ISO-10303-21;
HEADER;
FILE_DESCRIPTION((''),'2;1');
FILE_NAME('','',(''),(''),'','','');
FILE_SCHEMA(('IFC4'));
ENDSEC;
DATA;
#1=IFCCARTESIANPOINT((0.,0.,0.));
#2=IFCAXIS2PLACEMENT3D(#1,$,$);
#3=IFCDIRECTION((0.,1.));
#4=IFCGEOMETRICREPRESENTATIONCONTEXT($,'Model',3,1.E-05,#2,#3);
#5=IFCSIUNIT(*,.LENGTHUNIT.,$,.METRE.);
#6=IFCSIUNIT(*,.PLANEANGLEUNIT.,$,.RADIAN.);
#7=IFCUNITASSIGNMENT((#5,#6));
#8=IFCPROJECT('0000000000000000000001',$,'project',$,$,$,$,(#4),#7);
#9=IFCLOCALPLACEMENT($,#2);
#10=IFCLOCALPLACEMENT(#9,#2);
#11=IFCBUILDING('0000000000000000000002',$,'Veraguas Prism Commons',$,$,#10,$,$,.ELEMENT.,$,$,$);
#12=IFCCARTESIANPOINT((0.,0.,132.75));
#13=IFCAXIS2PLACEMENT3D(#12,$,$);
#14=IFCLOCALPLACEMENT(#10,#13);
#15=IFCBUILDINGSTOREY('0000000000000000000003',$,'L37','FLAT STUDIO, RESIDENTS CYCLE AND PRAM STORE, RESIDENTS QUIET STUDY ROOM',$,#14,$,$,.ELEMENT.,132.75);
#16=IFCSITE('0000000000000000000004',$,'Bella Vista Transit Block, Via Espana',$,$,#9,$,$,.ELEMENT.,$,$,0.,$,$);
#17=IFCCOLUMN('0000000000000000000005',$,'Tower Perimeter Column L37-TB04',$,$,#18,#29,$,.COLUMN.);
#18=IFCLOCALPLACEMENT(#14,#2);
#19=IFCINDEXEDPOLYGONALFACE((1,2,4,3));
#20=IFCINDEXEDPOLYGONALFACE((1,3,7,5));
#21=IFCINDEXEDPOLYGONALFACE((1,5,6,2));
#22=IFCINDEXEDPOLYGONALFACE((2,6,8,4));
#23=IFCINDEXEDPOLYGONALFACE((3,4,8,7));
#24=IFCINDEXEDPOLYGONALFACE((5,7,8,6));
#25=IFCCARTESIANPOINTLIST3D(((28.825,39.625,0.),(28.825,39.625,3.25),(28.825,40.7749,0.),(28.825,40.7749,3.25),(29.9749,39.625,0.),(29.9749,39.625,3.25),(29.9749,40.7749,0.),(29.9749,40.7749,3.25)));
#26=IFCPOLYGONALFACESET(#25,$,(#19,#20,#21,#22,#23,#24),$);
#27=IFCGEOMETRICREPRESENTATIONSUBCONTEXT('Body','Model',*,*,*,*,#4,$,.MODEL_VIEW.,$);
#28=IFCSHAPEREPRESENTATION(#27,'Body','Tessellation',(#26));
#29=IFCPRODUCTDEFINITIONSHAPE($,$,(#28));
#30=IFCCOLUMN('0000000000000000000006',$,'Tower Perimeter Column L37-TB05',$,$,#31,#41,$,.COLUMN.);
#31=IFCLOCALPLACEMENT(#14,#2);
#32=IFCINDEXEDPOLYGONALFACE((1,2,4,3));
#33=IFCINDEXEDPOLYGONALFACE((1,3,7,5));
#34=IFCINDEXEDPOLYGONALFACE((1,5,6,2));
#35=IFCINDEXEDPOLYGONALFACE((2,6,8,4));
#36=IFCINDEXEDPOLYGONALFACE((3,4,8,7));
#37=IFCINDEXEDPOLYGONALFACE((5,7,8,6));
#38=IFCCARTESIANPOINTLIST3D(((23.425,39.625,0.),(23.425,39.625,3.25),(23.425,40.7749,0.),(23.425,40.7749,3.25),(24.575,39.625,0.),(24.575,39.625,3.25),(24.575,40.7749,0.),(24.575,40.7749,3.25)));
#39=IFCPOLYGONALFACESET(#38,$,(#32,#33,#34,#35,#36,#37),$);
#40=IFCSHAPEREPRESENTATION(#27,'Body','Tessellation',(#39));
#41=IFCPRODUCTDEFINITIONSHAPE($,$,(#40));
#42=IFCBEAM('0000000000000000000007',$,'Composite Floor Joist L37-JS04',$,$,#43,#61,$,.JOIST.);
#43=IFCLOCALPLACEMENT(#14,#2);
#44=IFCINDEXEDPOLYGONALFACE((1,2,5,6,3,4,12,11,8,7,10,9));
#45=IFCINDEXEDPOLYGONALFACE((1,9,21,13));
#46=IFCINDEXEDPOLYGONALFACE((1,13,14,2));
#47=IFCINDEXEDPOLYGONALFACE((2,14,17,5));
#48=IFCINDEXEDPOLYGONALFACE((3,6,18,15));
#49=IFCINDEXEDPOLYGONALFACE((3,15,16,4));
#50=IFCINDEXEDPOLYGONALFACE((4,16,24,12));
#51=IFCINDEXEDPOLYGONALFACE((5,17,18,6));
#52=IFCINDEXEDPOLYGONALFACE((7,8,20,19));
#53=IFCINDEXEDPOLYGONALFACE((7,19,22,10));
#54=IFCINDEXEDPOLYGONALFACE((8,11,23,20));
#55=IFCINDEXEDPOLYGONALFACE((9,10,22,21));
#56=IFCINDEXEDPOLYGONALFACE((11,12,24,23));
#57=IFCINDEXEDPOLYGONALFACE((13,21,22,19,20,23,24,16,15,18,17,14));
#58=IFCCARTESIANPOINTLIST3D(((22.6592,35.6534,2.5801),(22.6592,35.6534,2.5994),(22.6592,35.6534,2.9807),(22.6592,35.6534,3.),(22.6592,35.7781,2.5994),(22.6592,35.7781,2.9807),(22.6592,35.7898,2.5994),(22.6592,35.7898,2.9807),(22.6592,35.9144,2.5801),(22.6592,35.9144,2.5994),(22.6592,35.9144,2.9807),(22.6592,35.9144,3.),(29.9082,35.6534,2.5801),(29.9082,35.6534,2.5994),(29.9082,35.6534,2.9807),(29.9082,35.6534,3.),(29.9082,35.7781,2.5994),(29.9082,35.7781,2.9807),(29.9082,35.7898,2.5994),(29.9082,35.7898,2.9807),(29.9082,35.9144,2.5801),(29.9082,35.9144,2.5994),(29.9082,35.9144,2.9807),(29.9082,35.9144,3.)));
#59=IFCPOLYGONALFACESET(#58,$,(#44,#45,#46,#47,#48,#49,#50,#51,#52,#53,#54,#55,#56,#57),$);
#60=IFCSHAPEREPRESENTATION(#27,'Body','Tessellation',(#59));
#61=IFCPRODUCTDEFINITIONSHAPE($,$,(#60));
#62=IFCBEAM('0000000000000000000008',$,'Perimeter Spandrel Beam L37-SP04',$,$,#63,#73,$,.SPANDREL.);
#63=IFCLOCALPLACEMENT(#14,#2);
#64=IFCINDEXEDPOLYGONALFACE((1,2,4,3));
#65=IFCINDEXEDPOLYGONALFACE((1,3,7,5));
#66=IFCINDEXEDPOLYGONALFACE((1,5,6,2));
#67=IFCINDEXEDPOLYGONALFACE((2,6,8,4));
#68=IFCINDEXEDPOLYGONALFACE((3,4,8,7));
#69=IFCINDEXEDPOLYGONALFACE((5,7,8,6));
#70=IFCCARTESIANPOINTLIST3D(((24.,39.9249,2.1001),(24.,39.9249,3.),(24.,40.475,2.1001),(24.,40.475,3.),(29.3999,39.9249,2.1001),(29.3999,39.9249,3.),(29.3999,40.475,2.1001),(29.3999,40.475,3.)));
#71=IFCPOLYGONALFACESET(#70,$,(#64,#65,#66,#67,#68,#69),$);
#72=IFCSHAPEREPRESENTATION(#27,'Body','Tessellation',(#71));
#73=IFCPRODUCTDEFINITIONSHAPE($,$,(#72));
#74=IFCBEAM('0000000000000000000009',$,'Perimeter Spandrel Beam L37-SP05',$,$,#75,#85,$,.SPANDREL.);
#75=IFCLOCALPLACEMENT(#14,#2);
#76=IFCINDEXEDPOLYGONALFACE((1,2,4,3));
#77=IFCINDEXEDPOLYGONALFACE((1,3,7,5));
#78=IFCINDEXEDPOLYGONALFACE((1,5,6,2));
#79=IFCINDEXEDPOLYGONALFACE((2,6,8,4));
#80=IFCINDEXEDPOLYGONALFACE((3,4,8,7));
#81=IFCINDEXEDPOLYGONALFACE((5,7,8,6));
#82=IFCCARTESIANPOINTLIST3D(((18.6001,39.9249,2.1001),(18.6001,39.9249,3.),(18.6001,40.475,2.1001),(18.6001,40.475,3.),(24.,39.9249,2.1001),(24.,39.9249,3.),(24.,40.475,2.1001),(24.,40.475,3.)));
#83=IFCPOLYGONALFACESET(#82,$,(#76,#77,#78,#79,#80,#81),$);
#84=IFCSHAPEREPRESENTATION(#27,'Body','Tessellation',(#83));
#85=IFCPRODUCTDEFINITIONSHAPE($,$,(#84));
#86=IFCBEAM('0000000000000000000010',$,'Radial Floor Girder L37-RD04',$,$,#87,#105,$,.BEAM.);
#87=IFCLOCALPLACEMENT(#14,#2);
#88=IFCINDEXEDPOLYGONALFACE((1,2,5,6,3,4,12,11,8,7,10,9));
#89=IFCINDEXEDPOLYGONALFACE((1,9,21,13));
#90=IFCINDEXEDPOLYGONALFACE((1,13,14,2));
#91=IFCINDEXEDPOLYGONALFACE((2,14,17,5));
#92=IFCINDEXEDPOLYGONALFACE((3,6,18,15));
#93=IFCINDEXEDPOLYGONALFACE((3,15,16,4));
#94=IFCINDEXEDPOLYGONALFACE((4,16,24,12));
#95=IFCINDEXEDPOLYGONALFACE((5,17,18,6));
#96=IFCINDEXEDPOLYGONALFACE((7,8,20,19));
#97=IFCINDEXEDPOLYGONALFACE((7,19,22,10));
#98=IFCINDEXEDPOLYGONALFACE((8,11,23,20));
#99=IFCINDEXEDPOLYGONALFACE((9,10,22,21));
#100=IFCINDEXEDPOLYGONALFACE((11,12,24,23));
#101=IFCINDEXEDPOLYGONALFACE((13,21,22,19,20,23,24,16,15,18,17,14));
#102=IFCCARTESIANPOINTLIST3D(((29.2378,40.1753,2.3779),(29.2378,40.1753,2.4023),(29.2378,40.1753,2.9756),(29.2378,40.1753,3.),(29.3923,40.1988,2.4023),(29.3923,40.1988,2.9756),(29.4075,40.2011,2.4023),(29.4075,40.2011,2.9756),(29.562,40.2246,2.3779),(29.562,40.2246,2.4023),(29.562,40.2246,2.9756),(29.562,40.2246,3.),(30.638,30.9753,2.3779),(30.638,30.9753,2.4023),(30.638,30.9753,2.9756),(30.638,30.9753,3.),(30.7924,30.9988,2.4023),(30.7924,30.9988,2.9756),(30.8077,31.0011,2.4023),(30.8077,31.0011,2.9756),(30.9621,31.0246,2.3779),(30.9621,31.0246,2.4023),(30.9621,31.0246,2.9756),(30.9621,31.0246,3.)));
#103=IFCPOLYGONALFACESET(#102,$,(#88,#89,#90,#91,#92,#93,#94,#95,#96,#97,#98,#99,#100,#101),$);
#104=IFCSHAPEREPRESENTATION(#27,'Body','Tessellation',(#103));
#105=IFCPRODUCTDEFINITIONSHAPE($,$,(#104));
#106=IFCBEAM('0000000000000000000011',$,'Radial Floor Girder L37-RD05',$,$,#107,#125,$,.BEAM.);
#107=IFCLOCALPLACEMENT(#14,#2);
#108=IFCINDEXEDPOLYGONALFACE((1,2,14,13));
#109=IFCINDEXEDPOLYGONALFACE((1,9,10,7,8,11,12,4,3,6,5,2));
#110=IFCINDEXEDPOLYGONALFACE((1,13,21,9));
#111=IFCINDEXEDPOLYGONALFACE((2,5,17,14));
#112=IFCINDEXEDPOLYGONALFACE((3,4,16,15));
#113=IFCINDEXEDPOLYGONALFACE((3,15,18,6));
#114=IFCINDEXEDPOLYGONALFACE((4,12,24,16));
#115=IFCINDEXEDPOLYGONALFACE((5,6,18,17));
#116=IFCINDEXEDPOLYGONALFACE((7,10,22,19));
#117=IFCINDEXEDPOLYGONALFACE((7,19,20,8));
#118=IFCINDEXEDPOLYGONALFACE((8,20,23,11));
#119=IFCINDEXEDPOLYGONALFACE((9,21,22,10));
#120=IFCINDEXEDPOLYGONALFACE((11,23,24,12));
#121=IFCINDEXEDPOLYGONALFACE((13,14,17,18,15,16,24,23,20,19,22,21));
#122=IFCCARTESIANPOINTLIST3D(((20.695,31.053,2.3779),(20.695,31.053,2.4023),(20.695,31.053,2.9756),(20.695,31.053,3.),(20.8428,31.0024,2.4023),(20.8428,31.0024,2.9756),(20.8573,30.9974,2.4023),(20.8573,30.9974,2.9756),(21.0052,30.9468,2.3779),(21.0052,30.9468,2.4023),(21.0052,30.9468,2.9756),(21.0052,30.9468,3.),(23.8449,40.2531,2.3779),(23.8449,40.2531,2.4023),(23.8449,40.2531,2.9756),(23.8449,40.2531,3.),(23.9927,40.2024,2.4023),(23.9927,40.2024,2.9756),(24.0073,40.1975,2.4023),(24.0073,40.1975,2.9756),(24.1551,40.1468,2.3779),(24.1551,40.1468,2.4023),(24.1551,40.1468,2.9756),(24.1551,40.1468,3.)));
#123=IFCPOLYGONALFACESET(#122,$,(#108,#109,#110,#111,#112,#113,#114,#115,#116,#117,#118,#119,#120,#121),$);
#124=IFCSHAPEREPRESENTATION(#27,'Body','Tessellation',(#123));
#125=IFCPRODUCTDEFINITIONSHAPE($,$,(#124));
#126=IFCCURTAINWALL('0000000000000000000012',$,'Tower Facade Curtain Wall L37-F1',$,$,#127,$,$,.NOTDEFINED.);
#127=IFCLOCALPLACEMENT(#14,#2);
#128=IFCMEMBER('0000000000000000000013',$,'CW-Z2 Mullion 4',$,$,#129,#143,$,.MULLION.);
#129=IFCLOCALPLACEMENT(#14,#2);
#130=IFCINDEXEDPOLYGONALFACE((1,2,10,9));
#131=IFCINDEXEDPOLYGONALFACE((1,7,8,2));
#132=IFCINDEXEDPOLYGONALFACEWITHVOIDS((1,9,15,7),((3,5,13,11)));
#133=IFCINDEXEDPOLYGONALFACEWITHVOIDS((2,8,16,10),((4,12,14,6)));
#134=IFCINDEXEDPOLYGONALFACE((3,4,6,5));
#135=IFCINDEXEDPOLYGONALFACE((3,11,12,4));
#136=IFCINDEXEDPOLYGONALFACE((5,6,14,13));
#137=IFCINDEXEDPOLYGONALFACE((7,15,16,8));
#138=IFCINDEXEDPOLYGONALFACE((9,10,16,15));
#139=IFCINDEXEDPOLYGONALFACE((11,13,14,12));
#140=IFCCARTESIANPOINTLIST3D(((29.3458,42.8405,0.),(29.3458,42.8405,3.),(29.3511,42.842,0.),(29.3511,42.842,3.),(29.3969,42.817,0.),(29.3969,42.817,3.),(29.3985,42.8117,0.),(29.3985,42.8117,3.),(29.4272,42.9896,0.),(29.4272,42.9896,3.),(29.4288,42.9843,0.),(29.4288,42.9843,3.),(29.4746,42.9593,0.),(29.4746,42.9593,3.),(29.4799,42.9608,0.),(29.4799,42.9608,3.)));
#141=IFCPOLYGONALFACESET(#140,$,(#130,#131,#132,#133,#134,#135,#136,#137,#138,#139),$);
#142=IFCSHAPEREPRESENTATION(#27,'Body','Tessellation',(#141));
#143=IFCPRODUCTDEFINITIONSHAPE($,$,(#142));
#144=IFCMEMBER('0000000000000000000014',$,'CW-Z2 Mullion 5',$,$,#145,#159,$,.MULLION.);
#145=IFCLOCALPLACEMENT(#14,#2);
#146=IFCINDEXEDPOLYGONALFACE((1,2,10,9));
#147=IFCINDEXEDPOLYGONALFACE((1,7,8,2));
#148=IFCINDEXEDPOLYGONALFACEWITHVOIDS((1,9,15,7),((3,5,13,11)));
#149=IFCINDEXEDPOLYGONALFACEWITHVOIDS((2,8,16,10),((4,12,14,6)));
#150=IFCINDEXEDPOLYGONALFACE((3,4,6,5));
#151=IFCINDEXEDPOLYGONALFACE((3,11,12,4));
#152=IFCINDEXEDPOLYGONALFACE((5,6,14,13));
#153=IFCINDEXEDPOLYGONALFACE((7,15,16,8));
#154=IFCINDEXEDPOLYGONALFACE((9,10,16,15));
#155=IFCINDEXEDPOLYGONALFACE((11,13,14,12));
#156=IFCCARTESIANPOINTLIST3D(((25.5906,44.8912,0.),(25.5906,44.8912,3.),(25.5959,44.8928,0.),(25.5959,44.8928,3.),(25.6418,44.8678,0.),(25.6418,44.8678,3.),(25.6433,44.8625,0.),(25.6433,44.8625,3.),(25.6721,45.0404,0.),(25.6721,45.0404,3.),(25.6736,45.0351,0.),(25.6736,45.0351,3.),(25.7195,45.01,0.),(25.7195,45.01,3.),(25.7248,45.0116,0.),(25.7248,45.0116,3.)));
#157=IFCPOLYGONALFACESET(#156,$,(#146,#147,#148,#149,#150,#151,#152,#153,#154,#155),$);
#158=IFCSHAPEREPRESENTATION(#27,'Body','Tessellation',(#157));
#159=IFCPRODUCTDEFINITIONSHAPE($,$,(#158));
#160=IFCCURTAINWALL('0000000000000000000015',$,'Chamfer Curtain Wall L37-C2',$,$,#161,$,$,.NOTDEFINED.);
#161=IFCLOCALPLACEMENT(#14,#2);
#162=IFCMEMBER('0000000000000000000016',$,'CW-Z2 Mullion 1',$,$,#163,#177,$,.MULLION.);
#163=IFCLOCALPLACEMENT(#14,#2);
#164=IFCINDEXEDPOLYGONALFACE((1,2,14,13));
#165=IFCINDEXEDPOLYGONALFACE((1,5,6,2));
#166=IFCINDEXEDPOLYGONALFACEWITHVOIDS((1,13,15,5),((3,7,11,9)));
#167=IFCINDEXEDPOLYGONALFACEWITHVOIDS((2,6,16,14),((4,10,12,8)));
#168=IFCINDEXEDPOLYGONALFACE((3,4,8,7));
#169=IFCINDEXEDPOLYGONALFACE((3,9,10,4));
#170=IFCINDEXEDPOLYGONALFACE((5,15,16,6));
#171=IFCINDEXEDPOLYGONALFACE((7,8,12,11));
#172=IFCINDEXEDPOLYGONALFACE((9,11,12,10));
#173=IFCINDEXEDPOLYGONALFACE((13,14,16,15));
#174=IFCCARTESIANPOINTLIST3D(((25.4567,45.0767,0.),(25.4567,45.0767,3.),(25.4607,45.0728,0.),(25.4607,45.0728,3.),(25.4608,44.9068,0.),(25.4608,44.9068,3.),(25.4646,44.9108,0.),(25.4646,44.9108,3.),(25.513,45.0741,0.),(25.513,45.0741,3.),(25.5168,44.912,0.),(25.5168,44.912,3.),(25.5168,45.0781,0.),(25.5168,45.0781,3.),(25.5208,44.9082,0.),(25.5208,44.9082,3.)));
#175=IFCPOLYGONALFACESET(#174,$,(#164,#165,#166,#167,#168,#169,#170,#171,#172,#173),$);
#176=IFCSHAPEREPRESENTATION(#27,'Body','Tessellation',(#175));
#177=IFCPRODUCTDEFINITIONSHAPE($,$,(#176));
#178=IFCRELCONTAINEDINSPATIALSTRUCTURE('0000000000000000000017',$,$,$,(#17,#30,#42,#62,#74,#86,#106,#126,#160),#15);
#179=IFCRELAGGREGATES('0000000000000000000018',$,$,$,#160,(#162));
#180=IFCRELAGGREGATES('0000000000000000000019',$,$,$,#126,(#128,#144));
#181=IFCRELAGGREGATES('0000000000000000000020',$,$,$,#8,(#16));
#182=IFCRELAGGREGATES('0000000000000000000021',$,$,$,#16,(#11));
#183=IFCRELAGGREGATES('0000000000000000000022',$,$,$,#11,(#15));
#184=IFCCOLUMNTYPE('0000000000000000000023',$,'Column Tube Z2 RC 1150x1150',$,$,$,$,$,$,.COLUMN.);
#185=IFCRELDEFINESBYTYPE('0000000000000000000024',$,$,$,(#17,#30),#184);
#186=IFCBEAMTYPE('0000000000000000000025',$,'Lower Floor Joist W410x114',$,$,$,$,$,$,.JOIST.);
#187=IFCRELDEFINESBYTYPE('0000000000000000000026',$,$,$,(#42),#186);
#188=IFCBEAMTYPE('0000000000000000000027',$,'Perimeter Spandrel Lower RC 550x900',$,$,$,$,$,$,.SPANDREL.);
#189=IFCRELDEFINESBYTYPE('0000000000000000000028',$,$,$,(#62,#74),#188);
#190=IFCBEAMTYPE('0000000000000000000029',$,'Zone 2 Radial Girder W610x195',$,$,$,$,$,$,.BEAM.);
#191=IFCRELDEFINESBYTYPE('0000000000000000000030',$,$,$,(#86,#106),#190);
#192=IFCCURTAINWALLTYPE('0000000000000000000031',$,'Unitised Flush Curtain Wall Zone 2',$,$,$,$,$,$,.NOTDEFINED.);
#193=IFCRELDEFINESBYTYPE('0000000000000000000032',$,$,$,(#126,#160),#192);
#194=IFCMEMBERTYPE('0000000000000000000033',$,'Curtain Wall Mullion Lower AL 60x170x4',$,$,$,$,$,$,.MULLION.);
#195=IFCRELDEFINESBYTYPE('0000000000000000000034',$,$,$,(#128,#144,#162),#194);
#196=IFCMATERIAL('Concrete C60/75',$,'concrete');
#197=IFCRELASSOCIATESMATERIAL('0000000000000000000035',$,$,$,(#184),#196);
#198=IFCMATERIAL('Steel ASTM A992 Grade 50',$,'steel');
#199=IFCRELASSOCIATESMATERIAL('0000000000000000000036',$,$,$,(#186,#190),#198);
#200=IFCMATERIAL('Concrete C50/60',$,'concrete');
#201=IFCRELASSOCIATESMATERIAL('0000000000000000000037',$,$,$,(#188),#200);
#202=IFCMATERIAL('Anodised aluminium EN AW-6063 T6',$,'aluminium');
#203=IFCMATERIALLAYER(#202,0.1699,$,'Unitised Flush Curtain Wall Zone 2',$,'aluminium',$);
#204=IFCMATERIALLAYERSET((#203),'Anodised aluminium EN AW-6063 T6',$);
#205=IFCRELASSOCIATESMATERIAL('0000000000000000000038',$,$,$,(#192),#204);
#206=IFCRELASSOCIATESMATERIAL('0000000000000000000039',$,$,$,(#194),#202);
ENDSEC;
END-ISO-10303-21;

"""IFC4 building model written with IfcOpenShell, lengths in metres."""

from ifc_helpers import new_model, si_unit, direction, frame, origin, origin_2d, place, context, subcontext, project, spatial, rectangle, hollow_rectangle, i_section, extrude, source, transform, mapped, material, layer, layer_set, material_profile, profile_set, type_object, element, aggregate, save


model = new_model("IFC4")

# Units and contexts
model_context = context("Model", 3, precision=1e-05, world=origin(), true_north=direction((0.0, 1.0)))
body_context = subcontext(model_context, "Body", "Model", "MODEL_VIEW")
ifc_project = project(units=[si_unit("LENGTHUNIT", "METRE"), si_unit("PLANEANGLEUNIT", "RADIAN")], contexts=[model_context])

# Site, building, storey
site_placement = place(None, origin())
site = spatial("IfcSite", under=ifc_project, at=site_placement, Name="Bella Vista Transit Block, Via Espana", CompositionType="ELEMENT", RefElevation=0.0)
building_placement = place(site_placement, origin())
building = spatial("IfcBuilding", under=site, at=building_placement, Name="Veraguas Prism Commons", CompositionType="ELEMENT")
storey_placement = place(building_placement, frame((0.0, 0.0, 132.75)))
storey = spatial("IfcBuildingStorey", under=building, at=storey_placement, Name="L37", Description="FLAT STUDIO, RESIDENTS CYCLE AND PRAM STORE, RESIDENTS QUIET STUDY ROOM", CompositionType="ELEMENT", Elevation=132.75)

# Columns
ifc_material_1 = material(Name="Concrete C60/75", Category="concrete")
ifc_material_profile_1 = material_profile(ifc_material_1, rectangle(XDim=1.1499, YDim=1.1499, at=origin_2d()), Name="RC1150X1150")
ifc_profile_set_1 = profile_set([ifc_material_profile_1], Name="Concrete C60/75")
column_type = type_object("IfcColumnType", Name="Column Tube Z2 RC 1150x1150", PredefinedType="COLUMN", material=ifc_profile_set_1)
for number, where, z_axis, x_axis, name in (
    (1, (29.3999, 40.2, 0.0), (0.0, 0.0, 1.0), (1.0, 0.0, 0.0), "Tower Perimeter Column L37-TB04"),
    (2, (24.0, 40.2, 0.0), (0.0, 0.0, 1.0), (1.0, 0.0, 0.0), "Tower Perimeter Column L37-TB05"),
):
    element("IfcColumn", number, at=place(storey_placement, frame(where, z_axis=z_axis, x_axis=x_axis)), inside=storey, type_object=column_type, Name=name, PredefinedType="COLUMN", context=body_context, shape_type="SweptSolid", body=[
        extrude(rectangle(XDim=1.1499, YDim=1.1499, at=origin_2d()), origin(), (0.0, 0.0, 1.0), 3.25),
    ])

# Beams
ifc_material_2 = material(Name="Steel ASTM A992 Grade 50", Category="steel")
ifc_material_profile_2 = material_profile(ifc_material_2, i_section(OverallWidth=0.261, OverallDepth=0.4199, WebThickness=0.0117, FlangeThickness=0.0193, at=origin_2d()), Name="W410X114")
ifc_profile_set_2 = profile_set([ifc_material_profile_2], Name="Steel ASTM A992 Grade 50")
beam_type_1 = type_object("IfcBeamType", Name="Lower Floor Joist W410x114", PredefinedType="JOIST", material=ifc_profile_set_2)
beam_1_placement = place(storey_placement, frame((29.9082, 35.7839, 2.79), z_axis=(-1.0, 0.0, 0.0), x_axis=(0.0, -1.0, 0.0)))
element("IfcBeam", 3, at=beam_1_placement, inside=storey, type_object=beam_type_1, Name="Composite Floor Joist L37-JS04", PredefinedType="JOIST", context=body_context, shape_type="SweptSolid", body=[
    extrude(i_section(OverallWidth=0.261, OverallDepth=0.4199, WebThickness=0.0117, FlangeThickness=0.0193, at=origin_2d()), origin(), (0.0, 0.0, 1.0), 7.249),
])
ifc_material_3 = material(Name="Concrete C50/60", Category="concrete")
ifc_material_profile_3 = material_profile(ifc_material_3, rectangle(XDim=0.55, YDim=0.8999, at=origin_2d()), Name="RC550X900")
ifc_profile_set_3 = profile_set([ifc_material_profile_3], Name="Concrete C50/60")
beam_type_2 = type_object("IfcBeamType", Name="Perimeter Spandrel Lower RC 550x900", PredefinedType="SPANDREL", material=ifc_profile_set_3)
for number, where, z_axis, x_axis, name in (
    (4, (29.3999, 40.2, 2.55), (-1.0, 0.0, 0.0), (0.0, -1.0, 0.0), "Perimeter Spandrel Beam L37-SP04"),
    (5, (24.0, 40.2, 2.55), (-1.0, 0.0, 0.0), (0.0, -1.0, 0.0), "Perimeter Spandrel Beam L37-SP05"),
):
    element("IfcBeam", number, at=place(storey_placement, frame(where, z_axis=z_axis, x_axis=x_axis)), inside=storey, type_object=beam_type_2, Name=name, PredefinedType="SPANDREL", context=body_context, shape_type="SweptSolid", body=[
        extrude(rectangle(XDim=0.55, YDim=0.8999, at=origin_2d()), origin(), (0.0, 0.0, 1.0), 5.3999),
    ])
ifc_material_profile_4 = material_profile(ifc_material_2, i_section(OverallWidth=0.3279, OverallDepth=0.6221, WebThickness=0.0154, FlangeThickness=0.0244, at=origin_2d()), Name="W610X195")
ifc_profile_set_4 = profile_set([ifc_material_profile_4], Name="Steel ASTM A992 Grade 50")
beam_type_3 = type_object("IfcBeamType", Name="Zone 2 Radial Girder W610x195", PredefinedType="BEAM", material=ifc_profile_set_4)
beam_2_placement = place(storey_placement, frame((29.3999, 40.2, 2.689), z_axis=(0.150458, -0.988616, 0.0), x_axis=(0.988616, 0.150458, 0.0)))
element("IfcBeam", 6, at=beam_2_placement, inside=storey, type_object=beam_type_3, Name="Radial Floor Girder L37-RD04", PredefinedType="BEAM", context=body_context, shape_type="SweptSolid", body=[
    extrude(i_section(OverallWidth=0.3279, OverallDepth=0.6221, WebThickness=0.0154, FlangeThickness=0.0244, at=origin_2d()), origin(), (0.0, 0.0, 1.0), 9.3059),
])
beam_3_placement = place(storey_placement, frame((24.0, 40.2, 2.689), z_axis=(-0.323922, -0.946084, 0.0), x_axis=(0.946084, -0.323922, 0.0)))
element("IfcBeam", 7, at=beam_3_placement, inside=storey, type_object=beam_type_3, Name="Radial Floor Girder L37-RD05", PredefinedType="BEAM", context=body_context, shape_type="SweptSolid", body=[
    extrude(i_section(OverallWidth=0.3279, OverallDepth=0.6221, WebThickness=0.0154, FlangeThickness=0.0244, at=origin_2d()), origin(), (0.0, 0.0, 1.0), 9.7244),
])

# Curtain walls, members
ifc_material_4 = material(Name="Anodised aluminium EN AW-6063 T6", Category="aluminium")
ifc_layer_1 = layer(ifc_material_4, 0.1699, Name="Unitised Flush Curtain Wall Zone 2", Category="aluminium")
ifc_layer_set_1 = layer_set([ifc_layer_1], Name="Anodised aluminium EN AW-6063 T6")
curtain_wall_type = type_object("IfcCurtainWallType", Name="Unitised Flush Curtain Wall Zone 2", PredefinedType="NOTDEFINED", material=ifc_layer_set_1)
curtain_wall_1_placement = place(storey_placement, origin())
curtain_wall_1 = element("IfcCurtainWall", 8, at=curtain_wall_1_placement, inside=storey, type_object=curtain_wall_type, Name="Tower Facade Curtain Wall L37-F1", PredefinedType="NOTDEFINED")
ifc_material_profile_5 = material_profile(ifc_material_4, hollow_rectangle(XDim=0.0601, YDim=0.1699, WallThickness=0.0039, at=origin_2d()), Name="AL60X170X4")
ifc_profile_set_5 = profile_set([ifc_material_profile_5], Name="Anodised aluminium EN AW-6063 T6")
member_type_1 = type_object("IfcMemberType", Name="Curtain Wall Mullion Lower AL 60x170x4", PredefinedType="MULLION", material=ifc_profile_set_5)
shared_shape_1 = source(origin(), body_context, "Body", "SweptSolid", [
    extrude(hollow_rectangle(XDim=0.0601, YDim=0.1699, WallThickness=0.0039, at=origin_2d()), origin(), (0.0, 0.0, 1.0), 3.0),
])
member_1_placement = place(storey_placement, frame((29.4128, 42.9006, 0.0), z_axis=(0.0, 0.0, 1.0), x_axis=(-0.877649, 0.479305, 0.0)))
member_1 = element("IfcMember", 9, at=member_1_placement, type_object=member_type_1, Name="CW-Z2 Mullion 4", PredefinedType="MULLION", context=body_context, shape_type="MappedRepresentation", body=[
    mapped(shared_shape_1, transform((0.0, 0.0, 0.0), scale=1.0)),
])
member_2_placement = place(storey_placement, frame((25.6577, 44.9514, 0.0), z_axis=(0.0, 0.0, 1.0), x_axis=(-0.877649, 0.479305, 0.0)))
member_2 = element("IfcMember", 10, at=member_2_placement, type_object=member_type_1, Name="CW-Z2 Mullion 5", PredefinedType="MULLION", context=body_context, shape_type="MappedRepresentation", body=[
    mapped(shared_shape_1, transform((0.0, 0.0, 0.0), scale=1.0)),
])
curtain_wall_2_placement = place(storey_placement, origin())
curtain_wall_2 = element("IfcCurtainWall", 11, at=curtain_wall_2_placement, inside=storey, type_object=curtain_wall_type, Name="Chamfer Curtain Wall L37-C2", PredefinedType="NOTDEFINED")
member_3_placement = place(storey_placement, frame((25.4888, 44.9924, 0.0), z_axis=(0.0, 0.0, 1.0), x_axis=(-0.999718, -0.023753, 0.0)))
member_3 = element("IfcMember", 12, at=member_3_placement, type_object=member_type_1, Name="CW-Z2 Mullion 1", PredefinedType="MULLION", context=body_context, shape_type="MappedRepresentation", body=[
    mapped(shared_shape_1, transform((0.0, 0.0, 0.0), scale=1.0)),
])
aggregate(curtain_wall_2, [member_3])

aggregate(curtain_wall_1, [member_1, member_2])

save(model, "model.ifc")
